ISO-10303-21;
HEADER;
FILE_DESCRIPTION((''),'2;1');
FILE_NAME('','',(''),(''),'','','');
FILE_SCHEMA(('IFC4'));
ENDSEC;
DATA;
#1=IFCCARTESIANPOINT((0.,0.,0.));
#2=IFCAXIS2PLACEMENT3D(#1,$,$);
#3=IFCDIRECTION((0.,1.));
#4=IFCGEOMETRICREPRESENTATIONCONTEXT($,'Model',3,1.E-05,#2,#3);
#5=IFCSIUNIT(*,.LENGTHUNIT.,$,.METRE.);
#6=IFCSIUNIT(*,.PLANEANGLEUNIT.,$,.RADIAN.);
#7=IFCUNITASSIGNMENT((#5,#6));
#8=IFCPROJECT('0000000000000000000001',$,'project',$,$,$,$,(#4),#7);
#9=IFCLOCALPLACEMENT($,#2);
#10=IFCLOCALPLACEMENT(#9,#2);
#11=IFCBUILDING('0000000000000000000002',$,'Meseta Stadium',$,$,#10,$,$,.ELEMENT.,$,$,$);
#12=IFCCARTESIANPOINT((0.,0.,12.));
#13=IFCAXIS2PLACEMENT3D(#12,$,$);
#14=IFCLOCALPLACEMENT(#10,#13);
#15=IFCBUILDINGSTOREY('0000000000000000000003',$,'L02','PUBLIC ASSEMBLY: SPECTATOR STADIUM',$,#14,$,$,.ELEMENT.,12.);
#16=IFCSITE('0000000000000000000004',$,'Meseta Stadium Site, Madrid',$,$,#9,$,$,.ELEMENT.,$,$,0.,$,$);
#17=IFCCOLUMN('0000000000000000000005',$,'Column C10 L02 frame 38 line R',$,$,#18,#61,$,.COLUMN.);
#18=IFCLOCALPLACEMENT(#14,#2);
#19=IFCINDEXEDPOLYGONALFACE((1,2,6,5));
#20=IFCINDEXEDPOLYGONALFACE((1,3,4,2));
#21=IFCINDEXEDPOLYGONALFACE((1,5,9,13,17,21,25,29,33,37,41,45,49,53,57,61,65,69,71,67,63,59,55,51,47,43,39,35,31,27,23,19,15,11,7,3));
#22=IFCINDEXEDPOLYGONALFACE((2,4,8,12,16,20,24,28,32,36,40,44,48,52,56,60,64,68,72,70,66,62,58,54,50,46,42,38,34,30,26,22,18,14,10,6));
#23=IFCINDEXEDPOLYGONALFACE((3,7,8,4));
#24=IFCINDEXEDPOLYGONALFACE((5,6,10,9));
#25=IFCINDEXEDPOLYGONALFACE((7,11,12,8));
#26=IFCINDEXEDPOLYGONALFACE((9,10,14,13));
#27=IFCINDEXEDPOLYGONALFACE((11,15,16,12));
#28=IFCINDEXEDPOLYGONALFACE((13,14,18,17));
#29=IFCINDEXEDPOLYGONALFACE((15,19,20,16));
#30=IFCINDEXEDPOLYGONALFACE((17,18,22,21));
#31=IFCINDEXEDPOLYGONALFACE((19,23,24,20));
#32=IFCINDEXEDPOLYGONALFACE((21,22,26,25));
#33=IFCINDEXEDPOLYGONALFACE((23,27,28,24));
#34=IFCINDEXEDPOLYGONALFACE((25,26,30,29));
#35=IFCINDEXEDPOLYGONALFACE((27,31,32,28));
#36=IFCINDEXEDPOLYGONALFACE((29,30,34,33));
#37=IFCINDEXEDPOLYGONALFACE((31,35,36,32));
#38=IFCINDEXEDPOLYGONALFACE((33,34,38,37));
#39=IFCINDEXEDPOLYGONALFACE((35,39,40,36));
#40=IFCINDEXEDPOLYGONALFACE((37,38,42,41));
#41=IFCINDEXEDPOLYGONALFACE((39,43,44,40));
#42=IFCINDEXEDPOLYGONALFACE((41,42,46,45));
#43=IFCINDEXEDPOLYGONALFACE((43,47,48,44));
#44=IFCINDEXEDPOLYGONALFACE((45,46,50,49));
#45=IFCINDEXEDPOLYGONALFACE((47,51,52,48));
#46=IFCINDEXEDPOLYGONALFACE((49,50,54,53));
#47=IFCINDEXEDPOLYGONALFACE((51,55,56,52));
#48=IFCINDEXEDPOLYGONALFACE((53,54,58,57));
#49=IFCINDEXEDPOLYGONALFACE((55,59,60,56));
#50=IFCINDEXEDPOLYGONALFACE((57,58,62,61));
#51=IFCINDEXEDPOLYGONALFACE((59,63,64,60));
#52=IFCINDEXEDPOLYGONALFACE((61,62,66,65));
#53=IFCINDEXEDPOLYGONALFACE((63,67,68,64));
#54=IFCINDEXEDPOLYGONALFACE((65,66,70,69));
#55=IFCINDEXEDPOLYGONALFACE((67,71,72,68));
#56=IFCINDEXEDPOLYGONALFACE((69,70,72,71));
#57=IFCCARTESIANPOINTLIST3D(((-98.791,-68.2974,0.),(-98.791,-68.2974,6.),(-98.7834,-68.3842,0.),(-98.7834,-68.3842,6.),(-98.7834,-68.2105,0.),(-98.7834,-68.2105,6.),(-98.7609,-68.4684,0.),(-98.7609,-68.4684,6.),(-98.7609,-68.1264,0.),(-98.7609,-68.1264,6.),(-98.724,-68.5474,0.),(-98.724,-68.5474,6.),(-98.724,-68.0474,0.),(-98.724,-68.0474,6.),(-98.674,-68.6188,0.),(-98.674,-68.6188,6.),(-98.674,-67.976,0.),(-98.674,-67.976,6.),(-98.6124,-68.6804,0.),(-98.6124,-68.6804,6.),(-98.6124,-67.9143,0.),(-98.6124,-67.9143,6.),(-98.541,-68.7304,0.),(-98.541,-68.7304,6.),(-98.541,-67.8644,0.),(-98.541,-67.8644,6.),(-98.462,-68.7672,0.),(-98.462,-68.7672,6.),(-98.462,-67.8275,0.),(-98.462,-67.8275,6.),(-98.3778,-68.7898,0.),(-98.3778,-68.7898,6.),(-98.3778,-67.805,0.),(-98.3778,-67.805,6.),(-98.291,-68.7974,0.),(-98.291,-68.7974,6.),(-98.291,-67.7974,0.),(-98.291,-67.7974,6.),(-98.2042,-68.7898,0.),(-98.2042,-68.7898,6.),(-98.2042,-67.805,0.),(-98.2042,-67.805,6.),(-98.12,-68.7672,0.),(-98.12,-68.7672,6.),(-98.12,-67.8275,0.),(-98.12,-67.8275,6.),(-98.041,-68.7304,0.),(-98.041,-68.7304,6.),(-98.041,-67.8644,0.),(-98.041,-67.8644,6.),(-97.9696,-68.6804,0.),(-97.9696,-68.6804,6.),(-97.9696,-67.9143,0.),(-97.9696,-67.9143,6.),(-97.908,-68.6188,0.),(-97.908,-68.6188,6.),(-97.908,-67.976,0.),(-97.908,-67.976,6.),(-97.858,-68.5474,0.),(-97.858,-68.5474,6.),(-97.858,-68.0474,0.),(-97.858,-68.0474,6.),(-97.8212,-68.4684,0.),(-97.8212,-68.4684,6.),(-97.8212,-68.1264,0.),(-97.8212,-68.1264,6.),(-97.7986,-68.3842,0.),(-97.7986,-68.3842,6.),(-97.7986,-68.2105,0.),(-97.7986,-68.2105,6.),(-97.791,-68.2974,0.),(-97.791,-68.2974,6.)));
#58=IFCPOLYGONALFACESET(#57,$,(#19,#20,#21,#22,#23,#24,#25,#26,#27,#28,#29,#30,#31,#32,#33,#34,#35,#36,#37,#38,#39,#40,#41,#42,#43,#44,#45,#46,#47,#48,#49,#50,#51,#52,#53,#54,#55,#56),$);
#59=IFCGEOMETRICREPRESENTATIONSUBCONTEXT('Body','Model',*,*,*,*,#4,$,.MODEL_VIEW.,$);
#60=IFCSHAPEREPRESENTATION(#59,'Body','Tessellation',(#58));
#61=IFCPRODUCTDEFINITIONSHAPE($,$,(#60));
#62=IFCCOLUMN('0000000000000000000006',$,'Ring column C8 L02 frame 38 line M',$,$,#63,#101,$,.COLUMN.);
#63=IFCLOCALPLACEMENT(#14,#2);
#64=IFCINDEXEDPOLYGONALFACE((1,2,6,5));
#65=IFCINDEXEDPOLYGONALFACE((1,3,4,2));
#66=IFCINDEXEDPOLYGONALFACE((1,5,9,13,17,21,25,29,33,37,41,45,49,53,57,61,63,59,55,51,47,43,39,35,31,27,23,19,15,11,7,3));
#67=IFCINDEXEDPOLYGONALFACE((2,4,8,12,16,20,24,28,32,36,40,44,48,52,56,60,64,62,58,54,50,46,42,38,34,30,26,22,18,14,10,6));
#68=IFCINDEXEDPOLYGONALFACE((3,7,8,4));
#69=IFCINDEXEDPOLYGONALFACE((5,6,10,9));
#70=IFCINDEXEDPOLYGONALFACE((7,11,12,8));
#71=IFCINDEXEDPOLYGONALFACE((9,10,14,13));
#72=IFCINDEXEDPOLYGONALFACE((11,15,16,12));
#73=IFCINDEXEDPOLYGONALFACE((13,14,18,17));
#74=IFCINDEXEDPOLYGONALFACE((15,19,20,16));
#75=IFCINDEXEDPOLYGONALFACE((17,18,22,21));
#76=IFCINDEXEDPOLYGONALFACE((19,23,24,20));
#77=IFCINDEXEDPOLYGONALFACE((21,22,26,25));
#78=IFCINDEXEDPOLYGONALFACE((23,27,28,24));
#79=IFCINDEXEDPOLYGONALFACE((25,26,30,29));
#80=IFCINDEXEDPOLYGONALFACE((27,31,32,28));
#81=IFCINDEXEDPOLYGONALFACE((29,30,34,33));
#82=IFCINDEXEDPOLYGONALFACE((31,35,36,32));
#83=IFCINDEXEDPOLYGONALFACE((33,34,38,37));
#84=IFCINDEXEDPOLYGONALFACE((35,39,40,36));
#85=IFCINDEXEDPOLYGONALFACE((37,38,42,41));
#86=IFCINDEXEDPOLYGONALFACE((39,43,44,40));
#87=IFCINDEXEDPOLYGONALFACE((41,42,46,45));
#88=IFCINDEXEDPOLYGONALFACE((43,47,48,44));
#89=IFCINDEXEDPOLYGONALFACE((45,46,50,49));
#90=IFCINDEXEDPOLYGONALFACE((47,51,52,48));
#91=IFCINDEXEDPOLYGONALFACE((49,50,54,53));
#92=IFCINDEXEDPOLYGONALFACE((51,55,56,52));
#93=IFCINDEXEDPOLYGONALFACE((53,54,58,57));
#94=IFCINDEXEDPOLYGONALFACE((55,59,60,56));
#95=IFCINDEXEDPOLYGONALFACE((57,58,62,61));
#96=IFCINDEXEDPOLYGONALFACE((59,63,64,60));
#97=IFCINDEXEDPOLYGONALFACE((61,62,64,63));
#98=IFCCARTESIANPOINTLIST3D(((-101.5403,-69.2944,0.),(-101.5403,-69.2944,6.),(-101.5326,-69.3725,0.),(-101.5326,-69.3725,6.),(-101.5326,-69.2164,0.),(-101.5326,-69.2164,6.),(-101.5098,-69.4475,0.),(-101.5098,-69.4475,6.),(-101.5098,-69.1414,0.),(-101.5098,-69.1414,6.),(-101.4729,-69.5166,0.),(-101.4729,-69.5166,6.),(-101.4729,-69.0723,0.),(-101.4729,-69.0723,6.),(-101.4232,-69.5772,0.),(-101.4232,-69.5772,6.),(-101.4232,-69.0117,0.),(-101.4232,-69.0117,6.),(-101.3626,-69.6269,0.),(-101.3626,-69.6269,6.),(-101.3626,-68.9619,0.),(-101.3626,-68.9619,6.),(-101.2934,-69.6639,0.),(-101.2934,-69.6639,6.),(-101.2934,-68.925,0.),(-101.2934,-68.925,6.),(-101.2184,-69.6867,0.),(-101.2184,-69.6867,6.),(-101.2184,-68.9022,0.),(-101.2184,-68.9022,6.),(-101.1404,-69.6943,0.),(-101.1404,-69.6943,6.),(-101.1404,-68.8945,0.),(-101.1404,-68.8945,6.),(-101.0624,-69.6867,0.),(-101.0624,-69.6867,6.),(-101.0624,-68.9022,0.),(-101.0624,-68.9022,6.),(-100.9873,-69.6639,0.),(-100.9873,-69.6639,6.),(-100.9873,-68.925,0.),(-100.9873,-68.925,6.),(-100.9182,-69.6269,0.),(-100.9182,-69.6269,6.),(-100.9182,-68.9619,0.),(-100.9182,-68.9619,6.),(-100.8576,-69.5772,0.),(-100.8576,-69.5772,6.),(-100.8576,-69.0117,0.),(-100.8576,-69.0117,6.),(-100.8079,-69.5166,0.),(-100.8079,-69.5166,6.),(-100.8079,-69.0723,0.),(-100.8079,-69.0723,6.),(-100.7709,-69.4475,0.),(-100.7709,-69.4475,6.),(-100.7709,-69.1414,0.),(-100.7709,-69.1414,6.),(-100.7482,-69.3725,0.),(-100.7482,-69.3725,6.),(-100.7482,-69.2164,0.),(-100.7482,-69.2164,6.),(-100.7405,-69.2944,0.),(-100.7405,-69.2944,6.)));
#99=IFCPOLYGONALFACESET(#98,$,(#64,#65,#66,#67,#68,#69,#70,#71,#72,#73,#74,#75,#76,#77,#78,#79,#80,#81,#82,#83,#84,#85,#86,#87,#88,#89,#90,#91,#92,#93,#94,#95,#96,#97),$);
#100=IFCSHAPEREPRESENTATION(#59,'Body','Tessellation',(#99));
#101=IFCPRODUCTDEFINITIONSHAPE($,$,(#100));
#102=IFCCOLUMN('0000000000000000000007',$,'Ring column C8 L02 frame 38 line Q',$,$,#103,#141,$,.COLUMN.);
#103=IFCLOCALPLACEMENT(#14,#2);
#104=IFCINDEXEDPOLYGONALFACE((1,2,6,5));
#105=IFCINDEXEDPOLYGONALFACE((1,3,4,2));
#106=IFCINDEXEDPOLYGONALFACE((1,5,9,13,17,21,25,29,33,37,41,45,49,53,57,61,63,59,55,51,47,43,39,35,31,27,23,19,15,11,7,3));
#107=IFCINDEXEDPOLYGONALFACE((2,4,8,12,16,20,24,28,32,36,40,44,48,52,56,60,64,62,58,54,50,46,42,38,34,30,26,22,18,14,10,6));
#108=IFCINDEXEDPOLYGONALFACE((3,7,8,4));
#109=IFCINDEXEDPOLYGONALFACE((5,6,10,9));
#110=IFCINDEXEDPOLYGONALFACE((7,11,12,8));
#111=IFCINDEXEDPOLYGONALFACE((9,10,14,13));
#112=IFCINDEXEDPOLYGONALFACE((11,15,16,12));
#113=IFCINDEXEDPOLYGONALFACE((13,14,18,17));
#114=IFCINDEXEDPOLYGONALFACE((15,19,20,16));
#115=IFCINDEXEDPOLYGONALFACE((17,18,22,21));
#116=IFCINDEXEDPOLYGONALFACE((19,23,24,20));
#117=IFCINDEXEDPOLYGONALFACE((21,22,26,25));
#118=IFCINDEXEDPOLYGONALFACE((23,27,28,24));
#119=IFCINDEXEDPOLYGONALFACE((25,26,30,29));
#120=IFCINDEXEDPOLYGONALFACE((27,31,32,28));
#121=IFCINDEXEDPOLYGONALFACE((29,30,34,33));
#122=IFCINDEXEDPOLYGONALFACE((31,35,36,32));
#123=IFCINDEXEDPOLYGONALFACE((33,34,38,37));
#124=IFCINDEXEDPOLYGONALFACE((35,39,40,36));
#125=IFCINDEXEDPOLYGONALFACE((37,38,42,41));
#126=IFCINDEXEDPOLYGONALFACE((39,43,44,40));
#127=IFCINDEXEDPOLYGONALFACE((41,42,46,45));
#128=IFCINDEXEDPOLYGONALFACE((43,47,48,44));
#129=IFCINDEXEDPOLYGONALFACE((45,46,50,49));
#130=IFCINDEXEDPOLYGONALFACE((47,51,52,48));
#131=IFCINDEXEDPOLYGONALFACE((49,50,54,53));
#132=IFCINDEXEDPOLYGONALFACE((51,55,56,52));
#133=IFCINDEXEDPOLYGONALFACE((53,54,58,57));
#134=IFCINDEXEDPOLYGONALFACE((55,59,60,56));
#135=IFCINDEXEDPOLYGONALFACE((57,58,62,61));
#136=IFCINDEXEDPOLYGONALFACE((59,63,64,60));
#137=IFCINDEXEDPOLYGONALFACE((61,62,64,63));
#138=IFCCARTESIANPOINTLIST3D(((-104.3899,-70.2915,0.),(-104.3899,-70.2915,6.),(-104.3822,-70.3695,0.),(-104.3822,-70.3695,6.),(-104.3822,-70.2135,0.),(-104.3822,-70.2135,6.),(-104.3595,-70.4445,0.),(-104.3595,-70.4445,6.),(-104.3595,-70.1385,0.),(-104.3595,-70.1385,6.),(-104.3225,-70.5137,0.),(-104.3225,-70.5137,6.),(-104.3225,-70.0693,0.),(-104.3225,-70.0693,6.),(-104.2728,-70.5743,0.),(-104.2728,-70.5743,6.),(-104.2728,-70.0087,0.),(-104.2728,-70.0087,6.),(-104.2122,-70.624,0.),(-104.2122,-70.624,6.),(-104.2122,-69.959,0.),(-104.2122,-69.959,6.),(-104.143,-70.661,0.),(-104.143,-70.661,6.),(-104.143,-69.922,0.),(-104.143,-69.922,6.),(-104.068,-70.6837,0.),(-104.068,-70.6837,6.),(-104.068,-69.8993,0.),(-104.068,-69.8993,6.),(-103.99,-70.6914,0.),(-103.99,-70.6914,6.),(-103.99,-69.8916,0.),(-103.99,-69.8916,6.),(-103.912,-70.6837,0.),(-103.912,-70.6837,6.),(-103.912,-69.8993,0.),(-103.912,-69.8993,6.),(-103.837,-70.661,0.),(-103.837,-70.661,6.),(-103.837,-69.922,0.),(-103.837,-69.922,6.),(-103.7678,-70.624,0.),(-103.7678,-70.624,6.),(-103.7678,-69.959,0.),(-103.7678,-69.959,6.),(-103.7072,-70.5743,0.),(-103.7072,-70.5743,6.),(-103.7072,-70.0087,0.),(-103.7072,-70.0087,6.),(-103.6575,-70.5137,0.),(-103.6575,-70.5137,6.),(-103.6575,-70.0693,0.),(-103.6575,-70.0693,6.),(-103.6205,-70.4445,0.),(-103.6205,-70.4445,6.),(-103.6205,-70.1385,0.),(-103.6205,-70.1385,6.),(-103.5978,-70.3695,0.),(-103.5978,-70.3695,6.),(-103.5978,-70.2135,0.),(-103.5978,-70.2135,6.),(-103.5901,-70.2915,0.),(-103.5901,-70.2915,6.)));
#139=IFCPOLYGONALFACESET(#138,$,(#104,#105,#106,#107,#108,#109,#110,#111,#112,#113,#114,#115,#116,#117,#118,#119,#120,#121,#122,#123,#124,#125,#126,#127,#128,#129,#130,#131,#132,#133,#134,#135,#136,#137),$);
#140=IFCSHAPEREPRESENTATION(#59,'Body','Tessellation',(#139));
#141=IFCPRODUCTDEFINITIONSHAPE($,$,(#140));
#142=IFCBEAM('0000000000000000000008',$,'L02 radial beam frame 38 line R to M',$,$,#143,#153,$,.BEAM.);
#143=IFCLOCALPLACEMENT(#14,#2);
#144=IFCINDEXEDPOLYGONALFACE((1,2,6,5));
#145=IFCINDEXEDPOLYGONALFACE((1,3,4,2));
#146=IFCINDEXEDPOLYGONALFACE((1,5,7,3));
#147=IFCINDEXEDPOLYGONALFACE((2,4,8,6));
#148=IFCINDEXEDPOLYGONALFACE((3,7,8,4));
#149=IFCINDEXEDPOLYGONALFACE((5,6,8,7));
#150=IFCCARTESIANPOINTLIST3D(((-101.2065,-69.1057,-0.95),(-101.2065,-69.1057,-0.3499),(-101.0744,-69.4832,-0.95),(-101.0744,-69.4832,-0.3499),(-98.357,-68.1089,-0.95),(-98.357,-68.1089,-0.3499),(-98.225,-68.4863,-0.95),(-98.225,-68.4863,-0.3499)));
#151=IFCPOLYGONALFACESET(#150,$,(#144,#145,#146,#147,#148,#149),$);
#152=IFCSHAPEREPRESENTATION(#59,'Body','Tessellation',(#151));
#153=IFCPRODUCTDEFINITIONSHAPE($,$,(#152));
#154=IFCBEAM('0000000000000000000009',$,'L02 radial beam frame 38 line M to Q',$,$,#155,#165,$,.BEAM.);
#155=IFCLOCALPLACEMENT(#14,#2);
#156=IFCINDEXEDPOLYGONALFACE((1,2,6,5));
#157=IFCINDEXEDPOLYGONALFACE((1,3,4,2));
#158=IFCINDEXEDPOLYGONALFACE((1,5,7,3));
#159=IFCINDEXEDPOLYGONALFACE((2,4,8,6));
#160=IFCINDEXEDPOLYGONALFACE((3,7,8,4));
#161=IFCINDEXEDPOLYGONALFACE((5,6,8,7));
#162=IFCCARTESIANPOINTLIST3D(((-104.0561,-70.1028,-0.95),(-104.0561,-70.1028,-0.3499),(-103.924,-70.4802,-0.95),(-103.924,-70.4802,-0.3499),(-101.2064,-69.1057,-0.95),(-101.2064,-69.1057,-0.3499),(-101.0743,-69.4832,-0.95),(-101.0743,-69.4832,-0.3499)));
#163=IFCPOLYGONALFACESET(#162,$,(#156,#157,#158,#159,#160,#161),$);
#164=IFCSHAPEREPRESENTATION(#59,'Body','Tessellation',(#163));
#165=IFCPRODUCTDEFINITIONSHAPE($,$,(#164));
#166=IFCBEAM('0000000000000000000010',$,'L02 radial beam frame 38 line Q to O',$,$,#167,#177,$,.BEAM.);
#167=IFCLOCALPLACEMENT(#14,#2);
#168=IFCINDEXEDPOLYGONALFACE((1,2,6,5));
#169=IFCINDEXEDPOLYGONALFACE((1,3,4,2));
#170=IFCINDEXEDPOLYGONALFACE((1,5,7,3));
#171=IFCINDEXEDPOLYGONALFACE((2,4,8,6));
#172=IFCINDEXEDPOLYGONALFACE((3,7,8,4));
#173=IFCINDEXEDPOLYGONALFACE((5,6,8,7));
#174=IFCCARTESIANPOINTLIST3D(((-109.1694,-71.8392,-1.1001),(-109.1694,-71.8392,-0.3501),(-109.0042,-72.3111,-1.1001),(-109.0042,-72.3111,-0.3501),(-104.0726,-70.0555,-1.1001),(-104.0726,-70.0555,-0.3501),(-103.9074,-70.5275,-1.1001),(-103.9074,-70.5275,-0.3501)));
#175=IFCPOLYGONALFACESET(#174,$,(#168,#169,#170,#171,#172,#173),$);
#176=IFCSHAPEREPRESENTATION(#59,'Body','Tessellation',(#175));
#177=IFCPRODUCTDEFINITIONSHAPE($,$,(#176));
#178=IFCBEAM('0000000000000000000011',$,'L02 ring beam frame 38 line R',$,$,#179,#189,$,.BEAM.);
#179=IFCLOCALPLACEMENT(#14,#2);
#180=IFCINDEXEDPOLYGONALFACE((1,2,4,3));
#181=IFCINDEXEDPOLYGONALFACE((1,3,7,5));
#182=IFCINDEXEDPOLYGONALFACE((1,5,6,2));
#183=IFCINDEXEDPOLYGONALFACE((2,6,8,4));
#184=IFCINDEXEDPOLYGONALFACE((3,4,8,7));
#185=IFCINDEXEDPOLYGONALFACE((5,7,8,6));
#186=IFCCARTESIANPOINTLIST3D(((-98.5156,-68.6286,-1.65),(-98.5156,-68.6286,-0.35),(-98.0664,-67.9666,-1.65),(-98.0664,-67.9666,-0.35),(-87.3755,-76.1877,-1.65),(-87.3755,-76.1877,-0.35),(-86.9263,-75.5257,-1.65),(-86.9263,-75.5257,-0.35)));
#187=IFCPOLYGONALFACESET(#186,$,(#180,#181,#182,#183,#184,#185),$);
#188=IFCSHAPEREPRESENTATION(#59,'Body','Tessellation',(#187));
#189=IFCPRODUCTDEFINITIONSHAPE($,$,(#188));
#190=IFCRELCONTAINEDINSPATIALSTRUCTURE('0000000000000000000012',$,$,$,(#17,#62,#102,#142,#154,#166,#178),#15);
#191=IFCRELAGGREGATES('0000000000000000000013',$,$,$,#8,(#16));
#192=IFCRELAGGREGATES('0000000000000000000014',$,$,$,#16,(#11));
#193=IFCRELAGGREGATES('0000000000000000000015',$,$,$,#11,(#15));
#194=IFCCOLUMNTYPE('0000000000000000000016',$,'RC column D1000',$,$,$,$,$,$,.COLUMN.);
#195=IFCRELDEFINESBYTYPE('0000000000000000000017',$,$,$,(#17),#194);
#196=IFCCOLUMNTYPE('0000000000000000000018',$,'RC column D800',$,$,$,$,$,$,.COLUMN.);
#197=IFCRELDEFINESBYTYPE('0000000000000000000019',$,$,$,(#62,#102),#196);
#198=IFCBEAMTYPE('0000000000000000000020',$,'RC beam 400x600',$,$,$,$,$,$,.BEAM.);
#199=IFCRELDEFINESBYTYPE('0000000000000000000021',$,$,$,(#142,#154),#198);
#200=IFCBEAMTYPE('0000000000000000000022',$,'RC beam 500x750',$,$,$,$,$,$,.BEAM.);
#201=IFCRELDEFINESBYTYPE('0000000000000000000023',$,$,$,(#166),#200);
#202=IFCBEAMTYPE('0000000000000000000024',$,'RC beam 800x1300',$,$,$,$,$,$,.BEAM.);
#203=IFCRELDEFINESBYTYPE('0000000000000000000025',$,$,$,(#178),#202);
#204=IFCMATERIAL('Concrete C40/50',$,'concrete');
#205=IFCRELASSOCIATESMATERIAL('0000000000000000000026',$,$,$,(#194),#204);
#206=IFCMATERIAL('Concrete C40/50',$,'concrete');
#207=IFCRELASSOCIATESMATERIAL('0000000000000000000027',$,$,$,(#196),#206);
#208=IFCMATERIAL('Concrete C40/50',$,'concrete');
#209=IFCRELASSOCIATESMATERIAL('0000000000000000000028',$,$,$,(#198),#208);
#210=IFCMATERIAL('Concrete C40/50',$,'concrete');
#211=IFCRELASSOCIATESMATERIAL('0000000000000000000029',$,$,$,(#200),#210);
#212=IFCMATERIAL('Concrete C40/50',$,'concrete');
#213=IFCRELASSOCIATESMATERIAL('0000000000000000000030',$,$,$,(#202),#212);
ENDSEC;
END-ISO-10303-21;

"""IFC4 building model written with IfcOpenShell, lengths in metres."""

from ifc_helpers import new_model, si_unit, direction, frame, origin, origin_2d, place, context, subcontext, project, spatial, rectangle, circle, extrude, material, material_profile, profile_set, type_object, element, save


model = new_model("IFC4")

# Units and contexts
model_context = context("Model", 3, precision=1e-05, world=origin(), true_north=direction((0.0, 1.0)))
body_context = subcontext(model_context, "Body", "Model", "MODEL_VIEW")
ifc_project = project(units=[si_unit("LENGTHUNIT", "METRE"), si_unit("PLANEANGLEUNIT", "RADIAN")], contexts=[model_context])

# Site, building, storey
site_placement = place(None, origin())
site = spatial("IfcSite", under=ifc_project, at=site_placement, Name="Meseta Stadium Site, Madrid", CompositionType="ELEMENT", RefElevation=0.0)
building_placement = place(site_placement, origin())
building = spatial("IfcBuilding", under=site, at=building_placement, Name="Meseta Stadium", CompositionType="ELEMENT")
storey_placement = place(building_placement, frame((0.0, 0.0, 12.0)))
storey = spatial("IfcBuildingStorey", under=building, at=storey_placement, Name="L02", Description="PUBLIC ASSEMBLY: SPECTATOR STADIUM", CompositionType="ELEMENT", Elevation=12.0)

# Columns
ifc_material_1 = material(Name="Concrete C40/50", Category="concrete")
ifc_material_profile_1 = material_profile(ifc_material_1, circle(Radius=0.5, at=origin_2d()), Name="RC D1000")
ifc_profile_set_1 = profile_set([ifc_material_profile_1], Name="Concrete C40/50")
column_type_1 = type_object("IfcColumnType", Name="RC column D1000", PredefinedType="COLUMN", material=ifc_profile_set_1)
column_placement = place(storey_placement, frame((-98.291, -68.2974, 0.0), z_axis=(0.0, 0.0, 1.0), x_axis=(1.0, 0.0, 0.0)))
element("IfcColumn", 1, at=column_placement, inside=storey, type_object=column_type_1, Name="Column C10 L02 frame 38 line R", PredefinedType="COLUMN", context=body_context, shape_type="SweptSolid", body=[
    extrude(circle(Radius=0.5, at=origin_2d()), origin(), (0.0, 0.0, 1.0), 6.0),
])
ifc_material_2 = material(Name="Concrete C40/50", Category="concrete")
ifc_material_profile_2 = material_profile(ifc_material_2, circle(Radius=0.3999, at=origin_2d()), Name="RC D800")
ifc_profile_set_2 = profile_set([ifc_material_profile_2], Name="Concrete C40/50")
column_type_2 = type_object("IfcColumnType", Name="RC column D800", PredefinedType="COLUMN", material=ifc_profile_set_2)
for number, where, z_axis, x_axis, name in (
    (2, (-101.1404, -69.2944, 0.0), (0.0, 0.0, 1.0), (1.0, 0.0, 0.0), "Ring column C8 L02 frame 38 line M"),
    (3, (-103.99, -70.2915, 0.0), (0.0, 0.0, 1.0), (1.0, 0.0, 0.0), "Ring column C8 L02 frame 38 line Q"),
):
    element("IfcColumn", number, at=place(storey_placement, frame(where, z_axis=z_axis, x_axis=x_axis)), inside=storey, type_object=column_type_2, Name=name, PredefinedType="COLUMN", context=body_context, shape_type="SweptSolid", body=[
        extrude(circle(Radius=0.3999, at=origin_2d()), origin(), (0.0, 0.0, 1.0), 6.0),
    ])

# Beams
ifc_material_3 = material(Name="Concrete C40/50", Category="concrete")
ifc_material_profile_3 = material_profile(ifc_material_3, rectangle(XDim=0.3999, YDim=0.6001, at=origin_2d()), Name="RC 400x600")
ifc_profile_set_3 = profile_set([ifc_material_profile_3], Name="Concrete C40/50")
beam_type_1 = type_object("IfcBeamType", Name="RC beam 400x600", PredefinedType="BEAM", material=ifc_profile_set_3)
beam_1_placement = place(storey_placement, frame((-98.291, -68.2976, -0.6499), z_axis=(-0.943905, -0.330217, 0.0), x_axis=(0.330217, -0.943905, 0.0)))
element("IfcBeam", 4, at=beam_1_placement, inside=storey, type_object=beam_type_1, Name="L02 radial beam frame 38 line R to M", PredefinedType="BEAM", context=body_context, shape_type="SweptSolid", body=[
    extrude(rectangle(XDim=0.3999, YDim=0.6001, at=origin_2d()), origin(), (0.0, 0.0, 1.0), 3.0188),
])
beam_2_placement = place(storey_placement, frame((-101.1404, -69.2944, -0.6499), z_axis=(-0.943889, -0.330264, 0.0), x_axis=(0.330264, -0.943889, 0.0)))
element("IfcBeam", 5, at=beam_2_placement, inside=storey, type_object=beam_type_1, Name="L02 radial beam frame 38 line M to Q", PredefinedType="BEAM", context=body_context, shape_type="SweptSolid", body=[
    extrude(rectangle(XDim=0.3999, YDim=0.6001, at=origin_2d()), origin(), (0.0, 0.0, 1.0), 3.019),
])
ifc_material_4 = material(Name="Concrete C40/50", Category="concrete")
ifc_material_profile_4 = material_profile(ifc_material_4, rectangle(XDim=0.5, YDim=0.75, at=origin_2d()), Name="RC 500x750")
ifc_profile_set_4 = profile_set([ifc_material_profile_4], Name="Concrete C40/50")
beam_type_2 = type_object("IfcBeamType", Name="RC beam 500x750", PredefinedType="BEAM", material=ifc_profile_set_4)
beam_3_placement = place(storey_placement, frame((-103.99, -70.2915, -0.7251), z_axis=(-0.943872, -0.330312, 0.0), x_axis=(0.330312, -0.943872, 0.0)))
element("IfcBeam", 6, at=beam_3_placement, inside=storey, type_object=beam_type_2, Name="L02 radial beam frame 38 line Q to O", PredefinedType="BEAM", context=body_context, shape_type="SweptSolid", body=[
    extrude(rectangle(XDim=0.5, YDim=0.75, at=origin_2d()), origin(), (0.0, 0.0, 1.0), 5.3999),
])
ifc_material_5 = material(Name="Concrete C40/50", Category="concrete")
ifc_material_profile_5 = material_profile(ifc_material_5, rectangle(XDim=0.8, YDim=1.3, at=origin_2d()), Name="RC 800x1300")
ifc_profile_set_5 = profile_set([ifc_material_profile_5], Name="Concrete C40/50")
beam_type_3 = type_object("IfcBeamType", Name="RC beam 800x1300", PredefinedType="BEAM", material=ifc_profile_set_5)
beam_4_placement = place(storey_placement, frame((-98.291, -68.2976, -1.0), z_axis=(0.827486, -0.561486, 0.0), x_axis=(0.561486, 0.827486, 0.0)))
element("IfcBeam", 7, at=beam_4_placement, inside=storey, type_object=beam_type_3, Name="L02 ring beam frame 38 line R", PredefinedType="BEAM", context=body_context, shape_type="SweptSolid", body=[
    extrude(rectangle(XDim=0.8, YDim=1.3, at=origin_2d()), origin(), (0.0, 0.0, 1.0), 13.4626),
])

save(model, "model.ifc")
